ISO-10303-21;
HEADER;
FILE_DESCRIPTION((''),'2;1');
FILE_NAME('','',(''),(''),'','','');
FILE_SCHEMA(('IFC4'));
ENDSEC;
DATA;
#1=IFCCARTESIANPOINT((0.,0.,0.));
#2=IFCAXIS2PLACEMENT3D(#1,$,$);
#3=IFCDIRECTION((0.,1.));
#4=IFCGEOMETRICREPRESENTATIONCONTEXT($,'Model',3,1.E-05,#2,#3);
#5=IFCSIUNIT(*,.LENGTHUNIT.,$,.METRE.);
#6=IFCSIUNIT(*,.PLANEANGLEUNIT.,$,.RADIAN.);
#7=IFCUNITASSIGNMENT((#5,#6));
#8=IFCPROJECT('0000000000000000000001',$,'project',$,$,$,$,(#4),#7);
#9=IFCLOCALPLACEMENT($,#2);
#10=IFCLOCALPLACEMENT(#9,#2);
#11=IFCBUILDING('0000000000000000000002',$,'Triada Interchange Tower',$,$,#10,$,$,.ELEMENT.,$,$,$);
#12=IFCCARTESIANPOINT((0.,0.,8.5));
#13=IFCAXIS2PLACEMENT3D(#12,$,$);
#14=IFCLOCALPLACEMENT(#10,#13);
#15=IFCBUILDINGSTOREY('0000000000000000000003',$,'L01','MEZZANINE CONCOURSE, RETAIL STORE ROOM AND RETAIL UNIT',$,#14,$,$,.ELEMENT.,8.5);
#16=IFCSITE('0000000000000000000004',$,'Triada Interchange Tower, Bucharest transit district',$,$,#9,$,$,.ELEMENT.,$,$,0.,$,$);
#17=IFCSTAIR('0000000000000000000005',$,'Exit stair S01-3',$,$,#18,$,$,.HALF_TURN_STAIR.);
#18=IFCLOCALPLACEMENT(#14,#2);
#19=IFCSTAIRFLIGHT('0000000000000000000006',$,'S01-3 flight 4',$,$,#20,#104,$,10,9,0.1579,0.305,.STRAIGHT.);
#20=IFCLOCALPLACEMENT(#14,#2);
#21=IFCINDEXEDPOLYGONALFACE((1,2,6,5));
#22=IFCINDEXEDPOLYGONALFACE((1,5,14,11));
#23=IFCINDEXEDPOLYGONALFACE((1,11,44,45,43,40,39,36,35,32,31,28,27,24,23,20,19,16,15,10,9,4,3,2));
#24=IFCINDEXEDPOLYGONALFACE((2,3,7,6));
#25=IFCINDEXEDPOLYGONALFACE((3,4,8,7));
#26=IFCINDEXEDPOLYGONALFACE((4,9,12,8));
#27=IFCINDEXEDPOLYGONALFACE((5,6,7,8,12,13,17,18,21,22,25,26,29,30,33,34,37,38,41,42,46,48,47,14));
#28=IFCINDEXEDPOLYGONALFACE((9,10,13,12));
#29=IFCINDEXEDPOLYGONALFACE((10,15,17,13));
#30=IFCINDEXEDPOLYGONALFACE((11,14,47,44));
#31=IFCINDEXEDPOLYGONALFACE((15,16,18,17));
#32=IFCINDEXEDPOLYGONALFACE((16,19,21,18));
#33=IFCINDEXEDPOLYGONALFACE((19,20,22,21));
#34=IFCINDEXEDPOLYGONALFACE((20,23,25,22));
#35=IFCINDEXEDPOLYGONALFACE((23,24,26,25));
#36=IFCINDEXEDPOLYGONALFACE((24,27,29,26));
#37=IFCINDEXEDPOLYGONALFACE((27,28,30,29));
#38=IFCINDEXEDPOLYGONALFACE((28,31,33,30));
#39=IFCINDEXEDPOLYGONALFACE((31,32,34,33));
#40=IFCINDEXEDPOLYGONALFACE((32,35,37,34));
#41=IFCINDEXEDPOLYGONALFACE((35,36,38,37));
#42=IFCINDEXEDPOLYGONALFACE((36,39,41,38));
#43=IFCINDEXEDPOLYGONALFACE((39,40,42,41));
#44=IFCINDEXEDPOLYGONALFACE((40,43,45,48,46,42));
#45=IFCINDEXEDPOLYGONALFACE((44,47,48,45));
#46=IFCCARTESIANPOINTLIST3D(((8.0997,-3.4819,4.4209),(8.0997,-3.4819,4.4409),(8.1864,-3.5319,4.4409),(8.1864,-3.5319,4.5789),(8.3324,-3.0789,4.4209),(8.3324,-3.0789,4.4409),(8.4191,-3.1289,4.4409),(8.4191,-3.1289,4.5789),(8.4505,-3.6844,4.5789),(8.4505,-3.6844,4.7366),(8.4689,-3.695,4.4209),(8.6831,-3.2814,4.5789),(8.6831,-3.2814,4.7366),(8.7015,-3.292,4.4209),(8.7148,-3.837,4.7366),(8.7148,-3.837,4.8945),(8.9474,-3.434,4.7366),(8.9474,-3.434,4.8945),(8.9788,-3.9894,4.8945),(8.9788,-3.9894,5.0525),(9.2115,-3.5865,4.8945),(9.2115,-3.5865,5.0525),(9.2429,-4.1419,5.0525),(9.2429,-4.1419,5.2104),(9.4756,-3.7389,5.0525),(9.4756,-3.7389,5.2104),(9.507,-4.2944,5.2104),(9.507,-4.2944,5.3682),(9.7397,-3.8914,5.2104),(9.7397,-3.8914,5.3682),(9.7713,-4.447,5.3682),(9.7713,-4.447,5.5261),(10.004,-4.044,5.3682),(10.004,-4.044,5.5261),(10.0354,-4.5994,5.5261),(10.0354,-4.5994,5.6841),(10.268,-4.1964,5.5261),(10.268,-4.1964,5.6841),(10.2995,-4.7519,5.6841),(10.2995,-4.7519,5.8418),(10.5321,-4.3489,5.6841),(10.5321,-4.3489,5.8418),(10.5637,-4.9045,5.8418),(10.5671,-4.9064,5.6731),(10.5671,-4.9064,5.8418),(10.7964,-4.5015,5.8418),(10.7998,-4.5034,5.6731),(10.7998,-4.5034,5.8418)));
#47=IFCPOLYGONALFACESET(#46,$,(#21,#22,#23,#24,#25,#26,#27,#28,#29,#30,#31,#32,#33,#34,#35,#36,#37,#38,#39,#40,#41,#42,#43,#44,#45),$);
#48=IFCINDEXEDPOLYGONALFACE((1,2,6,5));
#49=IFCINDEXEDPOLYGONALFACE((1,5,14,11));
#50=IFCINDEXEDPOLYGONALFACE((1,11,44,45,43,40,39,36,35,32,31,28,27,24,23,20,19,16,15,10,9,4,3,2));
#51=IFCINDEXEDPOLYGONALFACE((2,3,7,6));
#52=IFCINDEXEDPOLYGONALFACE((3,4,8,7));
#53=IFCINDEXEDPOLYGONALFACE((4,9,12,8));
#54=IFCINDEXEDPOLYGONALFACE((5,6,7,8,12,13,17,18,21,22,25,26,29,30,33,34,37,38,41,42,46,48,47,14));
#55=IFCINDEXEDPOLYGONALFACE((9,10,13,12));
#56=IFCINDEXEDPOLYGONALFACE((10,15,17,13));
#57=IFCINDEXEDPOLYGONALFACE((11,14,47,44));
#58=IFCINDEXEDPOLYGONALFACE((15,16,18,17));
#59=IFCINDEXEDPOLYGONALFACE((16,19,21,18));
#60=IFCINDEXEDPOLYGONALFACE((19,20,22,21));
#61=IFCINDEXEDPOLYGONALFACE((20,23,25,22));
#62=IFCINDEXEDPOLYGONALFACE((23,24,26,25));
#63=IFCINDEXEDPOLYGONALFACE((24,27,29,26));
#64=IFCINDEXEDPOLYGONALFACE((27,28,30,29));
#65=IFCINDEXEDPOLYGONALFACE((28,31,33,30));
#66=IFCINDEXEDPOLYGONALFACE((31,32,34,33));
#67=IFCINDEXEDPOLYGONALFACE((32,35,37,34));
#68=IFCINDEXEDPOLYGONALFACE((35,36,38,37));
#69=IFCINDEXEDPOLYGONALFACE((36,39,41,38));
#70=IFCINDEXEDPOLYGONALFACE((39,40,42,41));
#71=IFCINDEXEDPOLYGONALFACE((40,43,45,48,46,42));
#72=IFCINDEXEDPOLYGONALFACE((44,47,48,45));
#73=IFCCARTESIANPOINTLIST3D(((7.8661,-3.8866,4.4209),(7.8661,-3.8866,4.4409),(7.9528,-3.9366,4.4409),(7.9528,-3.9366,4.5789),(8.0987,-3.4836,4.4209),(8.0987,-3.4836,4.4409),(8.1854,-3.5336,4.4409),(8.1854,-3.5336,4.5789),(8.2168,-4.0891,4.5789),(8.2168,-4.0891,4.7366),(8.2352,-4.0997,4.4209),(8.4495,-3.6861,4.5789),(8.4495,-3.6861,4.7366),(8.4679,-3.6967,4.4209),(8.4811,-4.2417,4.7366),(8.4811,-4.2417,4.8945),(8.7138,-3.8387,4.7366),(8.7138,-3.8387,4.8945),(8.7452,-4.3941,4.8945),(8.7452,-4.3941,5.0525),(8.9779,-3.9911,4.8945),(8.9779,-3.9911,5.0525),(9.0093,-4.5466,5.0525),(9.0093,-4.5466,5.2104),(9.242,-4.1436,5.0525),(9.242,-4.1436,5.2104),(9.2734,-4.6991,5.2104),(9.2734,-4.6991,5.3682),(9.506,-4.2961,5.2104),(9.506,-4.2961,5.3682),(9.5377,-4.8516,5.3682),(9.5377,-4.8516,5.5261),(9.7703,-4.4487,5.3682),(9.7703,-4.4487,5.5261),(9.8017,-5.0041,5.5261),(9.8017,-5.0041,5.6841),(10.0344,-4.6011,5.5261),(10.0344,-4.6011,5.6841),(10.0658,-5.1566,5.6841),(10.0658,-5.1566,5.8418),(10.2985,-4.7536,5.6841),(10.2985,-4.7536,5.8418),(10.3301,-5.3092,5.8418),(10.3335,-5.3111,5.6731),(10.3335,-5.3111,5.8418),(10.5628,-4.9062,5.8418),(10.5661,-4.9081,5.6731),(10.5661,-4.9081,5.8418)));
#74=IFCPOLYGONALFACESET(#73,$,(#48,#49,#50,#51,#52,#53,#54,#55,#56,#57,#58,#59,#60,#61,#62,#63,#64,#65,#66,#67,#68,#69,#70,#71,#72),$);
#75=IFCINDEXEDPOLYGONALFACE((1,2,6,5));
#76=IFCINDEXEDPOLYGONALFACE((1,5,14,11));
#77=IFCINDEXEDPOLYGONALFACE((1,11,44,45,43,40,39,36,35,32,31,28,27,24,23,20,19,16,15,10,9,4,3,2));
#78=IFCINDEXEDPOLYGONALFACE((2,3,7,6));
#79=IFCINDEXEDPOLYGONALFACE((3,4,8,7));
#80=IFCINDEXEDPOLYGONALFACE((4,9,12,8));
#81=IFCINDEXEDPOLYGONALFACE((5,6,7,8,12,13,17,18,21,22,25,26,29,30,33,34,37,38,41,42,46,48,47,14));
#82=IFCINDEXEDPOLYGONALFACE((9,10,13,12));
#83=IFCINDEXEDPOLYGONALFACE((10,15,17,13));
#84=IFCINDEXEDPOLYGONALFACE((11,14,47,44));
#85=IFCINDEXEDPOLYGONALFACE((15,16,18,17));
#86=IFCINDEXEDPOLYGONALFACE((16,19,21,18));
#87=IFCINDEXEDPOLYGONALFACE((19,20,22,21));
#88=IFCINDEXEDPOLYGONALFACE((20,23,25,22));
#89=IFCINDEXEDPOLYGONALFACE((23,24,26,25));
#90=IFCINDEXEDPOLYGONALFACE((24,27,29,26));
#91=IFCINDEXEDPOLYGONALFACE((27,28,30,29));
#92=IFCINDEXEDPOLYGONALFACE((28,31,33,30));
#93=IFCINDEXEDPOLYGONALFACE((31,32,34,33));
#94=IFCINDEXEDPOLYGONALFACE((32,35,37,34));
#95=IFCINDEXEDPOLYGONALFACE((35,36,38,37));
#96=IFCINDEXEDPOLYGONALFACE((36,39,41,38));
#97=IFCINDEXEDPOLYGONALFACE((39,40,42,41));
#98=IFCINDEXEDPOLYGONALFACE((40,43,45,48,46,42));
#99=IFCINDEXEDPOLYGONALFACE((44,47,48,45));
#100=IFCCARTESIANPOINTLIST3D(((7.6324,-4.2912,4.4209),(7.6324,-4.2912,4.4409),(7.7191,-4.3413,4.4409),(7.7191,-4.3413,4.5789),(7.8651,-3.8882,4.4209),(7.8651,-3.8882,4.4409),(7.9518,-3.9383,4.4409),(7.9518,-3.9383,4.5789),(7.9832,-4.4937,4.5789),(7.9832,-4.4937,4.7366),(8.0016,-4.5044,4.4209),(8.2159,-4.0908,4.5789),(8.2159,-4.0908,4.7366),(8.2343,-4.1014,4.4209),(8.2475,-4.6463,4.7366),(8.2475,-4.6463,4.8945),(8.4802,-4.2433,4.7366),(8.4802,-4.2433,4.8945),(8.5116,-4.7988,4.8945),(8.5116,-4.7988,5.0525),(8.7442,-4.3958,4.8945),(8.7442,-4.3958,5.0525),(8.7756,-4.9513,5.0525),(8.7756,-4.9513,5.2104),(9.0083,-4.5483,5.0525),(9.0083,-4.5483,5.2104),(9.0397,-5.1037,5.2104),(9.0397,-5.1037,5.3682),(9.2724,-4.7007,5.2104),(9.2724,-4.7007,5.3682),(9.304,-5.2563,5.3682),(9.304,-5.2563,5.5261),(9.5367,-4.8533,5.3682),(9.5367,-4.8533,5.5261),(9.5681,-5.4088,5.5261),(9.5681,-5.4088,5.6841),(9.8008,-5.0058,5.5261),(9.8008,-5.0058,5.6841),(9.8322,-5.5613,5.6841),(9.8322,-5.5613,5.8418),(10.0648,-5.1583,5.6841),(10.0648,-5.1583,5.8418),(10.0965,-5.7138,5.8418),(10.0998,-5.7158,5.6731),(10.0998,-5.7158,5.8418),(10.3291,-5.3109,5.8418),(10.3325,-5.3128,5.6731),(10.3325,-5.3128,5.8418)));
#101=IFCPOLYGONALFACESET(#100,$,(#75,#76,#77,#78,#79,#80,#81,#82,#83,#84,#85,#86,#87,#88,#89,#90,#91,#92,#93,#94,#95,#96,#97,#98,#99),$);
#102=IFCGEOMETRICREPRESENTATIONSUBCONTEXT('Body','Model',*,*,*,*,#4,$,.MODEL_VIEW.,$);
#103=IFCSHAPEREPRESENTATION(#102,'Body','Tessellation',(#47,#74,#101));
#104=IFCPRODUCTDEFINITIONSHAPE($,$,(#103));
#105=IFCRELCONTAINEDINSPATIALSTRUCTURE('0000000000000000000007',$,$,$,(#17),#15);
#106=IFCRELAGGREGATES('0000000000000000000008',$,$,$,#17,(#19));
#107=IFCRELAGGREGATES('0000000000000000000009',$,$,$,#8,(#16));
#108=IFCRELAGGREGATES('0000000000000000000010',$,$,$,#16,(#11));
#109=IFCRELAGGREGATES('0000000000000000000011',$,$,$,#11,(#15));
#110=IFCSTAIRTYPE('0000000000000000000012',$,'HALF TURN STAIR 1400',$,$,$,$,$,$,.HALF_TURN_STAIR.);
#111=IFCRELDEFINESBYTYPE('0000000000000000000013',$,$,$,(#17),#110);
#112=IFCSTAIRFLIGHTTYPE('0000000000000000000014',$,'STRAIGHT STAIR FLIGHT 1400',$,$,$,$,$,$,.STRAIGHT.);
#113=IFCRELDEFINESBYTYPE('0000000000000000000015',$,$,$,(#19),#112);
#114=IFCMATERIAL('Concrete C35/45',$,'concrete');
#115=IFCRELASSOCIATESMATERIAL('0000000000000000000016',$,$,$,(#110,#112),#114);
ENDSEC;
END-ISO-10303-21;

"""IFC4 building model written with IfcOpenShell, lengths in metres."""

from ifc_helpers import new_model, si_unit, direction, frame, origin, place, context, subcontext, project, spatial, polyline, outline, extrude, material, type_object, element, aggregate, save


model = new_model("IFC4")

# Units and contexts
model_context = context("Model", 3, precision=1e-05, world=origin(), true_north=direction((0.0, 1.0)))
body_context = subcontext(model_context, "Body", "Model", "MODEL_VIEW")
ifc_project = project(units=[si_unit("LENGTHUNIT", "METRE"), si_unit("PLANEANGLEUNIT", "RADIAN")], contexts=[model_context])

# Site, building, storey
site_placement = place(None, origin())
site = spatial("IfcSite", under=ifc_project, at=site_placement, Name="Triada Interchange Tower, Bucharest transit district", CompositionType="ELEMENT", RefElevation=0.0)
building_placement = place(site_placement, origin())
building = spatial("IfcBuilding", under=site, at=building_placement, Name="Triada Interchange Tower", CompositionType="ELEMENT")
storey_placement = place(building_placement, frame((0.0, 0.0, 8.5)))
storey = spatial("IfcBuildingStorey", under=building, at=storey_placement, Name="L01", Description="MEZZANINE CONCOURSE, RETAIL STORE ROOM AND RETAIL UNIT", CompositionType="ELEMENT", Elevation=8.5)

# Shared definitions
ifc_material_1 = material(Name="Concrete C35/45", Category="concrete")

# Stair, stair flight
stair_type = type_object("IfcStairType", Name="HALF TURN STAIR 1400", PredefinedType="HALF_TURN_STAIR", material=ifc_material_1)
stair_1_placement = place(storey_placement, origin())
stair_1 = element("IfcStair", 1, at=stair_1_placement, inside=storey, type_object=stair_type, Name="Exit stair S01-3", PredefinedType="HALF_TURN_STAIR")
stair_flight_type = type_object("IfcStairFlightType", Name="STRAIGHT STAIR FLIGHT 1400", PredefinedType="STRAIGHT", material=ifc_material_1)
stair_flight_1_placement = place(storey_placement, frame((8.0691, -3.7351, 4.4209), z_axis=(0.0, 0.0, 1.0), x_axis=(0.866025, -0.5, 0.0)))
stair_flight_1 = element("IfcStairFlight", 2, at=stair_flight_1_placement, type_object=stair_flight_type, Name="S01-3 flight 4", NumberOfRisers=10, NumberOfTreads=9, PredefinedType="STRAIGHT", RiserHeight=0.1579, TreadLength=0.305, context=body_context, shape_type="SweptSolid", body=[
    extrude(outline(polyline([(-0.1001, 0.0), (-0.1001, 0.02), (0.0, 0.02), (0.0, 0.158), (0.3049, 0.158), (0.3049, 0.3157), (0.6101, 0.3157), (0.6101, 0.4736), (0.915, 0.4736), (0.915, 0.6316), (1.22, 0.6316), (1.22, 0.7896), (1.5249, 0.7896), (1.5249, 0.9473), (1.8301, 0.9473), (1.8301, 1.1052), (2.135, 1.1052), (2.135, 1.2632), (2.4399, 1.2632), (2.4399, 1.4209), (2.7451, 1.4209), (2.749, 1.4209), (2.749, 1.5789), (2.749, 1.2522), (0.3262, 0.0), (-0.1001, 0.0)])), frame((0.0, 0.7, 0.0), z_axis=(0.0, -1.0, 0.0), x_axis=(1.0, 0.0, 0.0)), (0.0, 0.0, 1.0), 0.4653),
    extrude(outline(polyline([(-0.1001, 0.0), (-0.1001, 0.02), (0.0, 0.02), (0.0, 0.158), (0.3049, 0.158), (0.3049, 0.3157), (0.6101, 0.3157), (0.6101, 0.4736), (0.915, 0.4736), (0.915, 0.6316), (1.22, 0.6316), (1.22, 0.7896), (1.5249, 0.7896), (1.5249, 0.9473), (1.8301, 0.9473), (1.8301, 1.1052), (2.135, 1.1052), (2.135, 1.2632), (2.4399, 1.2632), (2.4399, 1.4209), (2.7451, 1.4209), (2.749, 1.4209), (2.749, 1.5789), (2.749, 1.2522), (0.3262, 0.0), (-0.1001, 0.0)])), frame((0.0, 0.2327, 0.0), z_axis=(0.0, -1.0, 0.0), x_axis=(1.0, 0.0, 0.0)), (0.0, 0.0, 1.0), 0.4653),
    extrude(outline(polyline([(-0.1001, 0.0), (-0.1001, 0.02), (0.0, 0.02), (0.0, 0.158), (0.3049, 0.158), (0.3049, 0.3157), (0.6101, 0.3157), (0.6101, 0.4736), (0.915, 0.4736), (0.915, 0.6316), (1.22, 0.6316), (1.22, 0.7896), (1.5249, 0.7896), (1.5249, 0.9473), (1.8301, 0.9473), (1.8301, 1.1052), (2.135, 1.1052), (2.135, 1.2632), (2.4399, 1.2632), (2.4399, 1.4209), (2.7451, 1.4209), (2.749, 1.4209), (2.749, 1.5789), (2.749, 1.2522), (0.3262, 0.0), (-0.1001, 0.0)])), frame((0.0, -0.2346, 0.0), z_axis=(0.0, -1.0, 0.0), x_axis=(1.0, 0.0, 0.0)), (0.0, 0.0, 1.0), 0.4653),
])

aggregate(stair_1, [stair_flight_1])

save(model, "model.ifc")
